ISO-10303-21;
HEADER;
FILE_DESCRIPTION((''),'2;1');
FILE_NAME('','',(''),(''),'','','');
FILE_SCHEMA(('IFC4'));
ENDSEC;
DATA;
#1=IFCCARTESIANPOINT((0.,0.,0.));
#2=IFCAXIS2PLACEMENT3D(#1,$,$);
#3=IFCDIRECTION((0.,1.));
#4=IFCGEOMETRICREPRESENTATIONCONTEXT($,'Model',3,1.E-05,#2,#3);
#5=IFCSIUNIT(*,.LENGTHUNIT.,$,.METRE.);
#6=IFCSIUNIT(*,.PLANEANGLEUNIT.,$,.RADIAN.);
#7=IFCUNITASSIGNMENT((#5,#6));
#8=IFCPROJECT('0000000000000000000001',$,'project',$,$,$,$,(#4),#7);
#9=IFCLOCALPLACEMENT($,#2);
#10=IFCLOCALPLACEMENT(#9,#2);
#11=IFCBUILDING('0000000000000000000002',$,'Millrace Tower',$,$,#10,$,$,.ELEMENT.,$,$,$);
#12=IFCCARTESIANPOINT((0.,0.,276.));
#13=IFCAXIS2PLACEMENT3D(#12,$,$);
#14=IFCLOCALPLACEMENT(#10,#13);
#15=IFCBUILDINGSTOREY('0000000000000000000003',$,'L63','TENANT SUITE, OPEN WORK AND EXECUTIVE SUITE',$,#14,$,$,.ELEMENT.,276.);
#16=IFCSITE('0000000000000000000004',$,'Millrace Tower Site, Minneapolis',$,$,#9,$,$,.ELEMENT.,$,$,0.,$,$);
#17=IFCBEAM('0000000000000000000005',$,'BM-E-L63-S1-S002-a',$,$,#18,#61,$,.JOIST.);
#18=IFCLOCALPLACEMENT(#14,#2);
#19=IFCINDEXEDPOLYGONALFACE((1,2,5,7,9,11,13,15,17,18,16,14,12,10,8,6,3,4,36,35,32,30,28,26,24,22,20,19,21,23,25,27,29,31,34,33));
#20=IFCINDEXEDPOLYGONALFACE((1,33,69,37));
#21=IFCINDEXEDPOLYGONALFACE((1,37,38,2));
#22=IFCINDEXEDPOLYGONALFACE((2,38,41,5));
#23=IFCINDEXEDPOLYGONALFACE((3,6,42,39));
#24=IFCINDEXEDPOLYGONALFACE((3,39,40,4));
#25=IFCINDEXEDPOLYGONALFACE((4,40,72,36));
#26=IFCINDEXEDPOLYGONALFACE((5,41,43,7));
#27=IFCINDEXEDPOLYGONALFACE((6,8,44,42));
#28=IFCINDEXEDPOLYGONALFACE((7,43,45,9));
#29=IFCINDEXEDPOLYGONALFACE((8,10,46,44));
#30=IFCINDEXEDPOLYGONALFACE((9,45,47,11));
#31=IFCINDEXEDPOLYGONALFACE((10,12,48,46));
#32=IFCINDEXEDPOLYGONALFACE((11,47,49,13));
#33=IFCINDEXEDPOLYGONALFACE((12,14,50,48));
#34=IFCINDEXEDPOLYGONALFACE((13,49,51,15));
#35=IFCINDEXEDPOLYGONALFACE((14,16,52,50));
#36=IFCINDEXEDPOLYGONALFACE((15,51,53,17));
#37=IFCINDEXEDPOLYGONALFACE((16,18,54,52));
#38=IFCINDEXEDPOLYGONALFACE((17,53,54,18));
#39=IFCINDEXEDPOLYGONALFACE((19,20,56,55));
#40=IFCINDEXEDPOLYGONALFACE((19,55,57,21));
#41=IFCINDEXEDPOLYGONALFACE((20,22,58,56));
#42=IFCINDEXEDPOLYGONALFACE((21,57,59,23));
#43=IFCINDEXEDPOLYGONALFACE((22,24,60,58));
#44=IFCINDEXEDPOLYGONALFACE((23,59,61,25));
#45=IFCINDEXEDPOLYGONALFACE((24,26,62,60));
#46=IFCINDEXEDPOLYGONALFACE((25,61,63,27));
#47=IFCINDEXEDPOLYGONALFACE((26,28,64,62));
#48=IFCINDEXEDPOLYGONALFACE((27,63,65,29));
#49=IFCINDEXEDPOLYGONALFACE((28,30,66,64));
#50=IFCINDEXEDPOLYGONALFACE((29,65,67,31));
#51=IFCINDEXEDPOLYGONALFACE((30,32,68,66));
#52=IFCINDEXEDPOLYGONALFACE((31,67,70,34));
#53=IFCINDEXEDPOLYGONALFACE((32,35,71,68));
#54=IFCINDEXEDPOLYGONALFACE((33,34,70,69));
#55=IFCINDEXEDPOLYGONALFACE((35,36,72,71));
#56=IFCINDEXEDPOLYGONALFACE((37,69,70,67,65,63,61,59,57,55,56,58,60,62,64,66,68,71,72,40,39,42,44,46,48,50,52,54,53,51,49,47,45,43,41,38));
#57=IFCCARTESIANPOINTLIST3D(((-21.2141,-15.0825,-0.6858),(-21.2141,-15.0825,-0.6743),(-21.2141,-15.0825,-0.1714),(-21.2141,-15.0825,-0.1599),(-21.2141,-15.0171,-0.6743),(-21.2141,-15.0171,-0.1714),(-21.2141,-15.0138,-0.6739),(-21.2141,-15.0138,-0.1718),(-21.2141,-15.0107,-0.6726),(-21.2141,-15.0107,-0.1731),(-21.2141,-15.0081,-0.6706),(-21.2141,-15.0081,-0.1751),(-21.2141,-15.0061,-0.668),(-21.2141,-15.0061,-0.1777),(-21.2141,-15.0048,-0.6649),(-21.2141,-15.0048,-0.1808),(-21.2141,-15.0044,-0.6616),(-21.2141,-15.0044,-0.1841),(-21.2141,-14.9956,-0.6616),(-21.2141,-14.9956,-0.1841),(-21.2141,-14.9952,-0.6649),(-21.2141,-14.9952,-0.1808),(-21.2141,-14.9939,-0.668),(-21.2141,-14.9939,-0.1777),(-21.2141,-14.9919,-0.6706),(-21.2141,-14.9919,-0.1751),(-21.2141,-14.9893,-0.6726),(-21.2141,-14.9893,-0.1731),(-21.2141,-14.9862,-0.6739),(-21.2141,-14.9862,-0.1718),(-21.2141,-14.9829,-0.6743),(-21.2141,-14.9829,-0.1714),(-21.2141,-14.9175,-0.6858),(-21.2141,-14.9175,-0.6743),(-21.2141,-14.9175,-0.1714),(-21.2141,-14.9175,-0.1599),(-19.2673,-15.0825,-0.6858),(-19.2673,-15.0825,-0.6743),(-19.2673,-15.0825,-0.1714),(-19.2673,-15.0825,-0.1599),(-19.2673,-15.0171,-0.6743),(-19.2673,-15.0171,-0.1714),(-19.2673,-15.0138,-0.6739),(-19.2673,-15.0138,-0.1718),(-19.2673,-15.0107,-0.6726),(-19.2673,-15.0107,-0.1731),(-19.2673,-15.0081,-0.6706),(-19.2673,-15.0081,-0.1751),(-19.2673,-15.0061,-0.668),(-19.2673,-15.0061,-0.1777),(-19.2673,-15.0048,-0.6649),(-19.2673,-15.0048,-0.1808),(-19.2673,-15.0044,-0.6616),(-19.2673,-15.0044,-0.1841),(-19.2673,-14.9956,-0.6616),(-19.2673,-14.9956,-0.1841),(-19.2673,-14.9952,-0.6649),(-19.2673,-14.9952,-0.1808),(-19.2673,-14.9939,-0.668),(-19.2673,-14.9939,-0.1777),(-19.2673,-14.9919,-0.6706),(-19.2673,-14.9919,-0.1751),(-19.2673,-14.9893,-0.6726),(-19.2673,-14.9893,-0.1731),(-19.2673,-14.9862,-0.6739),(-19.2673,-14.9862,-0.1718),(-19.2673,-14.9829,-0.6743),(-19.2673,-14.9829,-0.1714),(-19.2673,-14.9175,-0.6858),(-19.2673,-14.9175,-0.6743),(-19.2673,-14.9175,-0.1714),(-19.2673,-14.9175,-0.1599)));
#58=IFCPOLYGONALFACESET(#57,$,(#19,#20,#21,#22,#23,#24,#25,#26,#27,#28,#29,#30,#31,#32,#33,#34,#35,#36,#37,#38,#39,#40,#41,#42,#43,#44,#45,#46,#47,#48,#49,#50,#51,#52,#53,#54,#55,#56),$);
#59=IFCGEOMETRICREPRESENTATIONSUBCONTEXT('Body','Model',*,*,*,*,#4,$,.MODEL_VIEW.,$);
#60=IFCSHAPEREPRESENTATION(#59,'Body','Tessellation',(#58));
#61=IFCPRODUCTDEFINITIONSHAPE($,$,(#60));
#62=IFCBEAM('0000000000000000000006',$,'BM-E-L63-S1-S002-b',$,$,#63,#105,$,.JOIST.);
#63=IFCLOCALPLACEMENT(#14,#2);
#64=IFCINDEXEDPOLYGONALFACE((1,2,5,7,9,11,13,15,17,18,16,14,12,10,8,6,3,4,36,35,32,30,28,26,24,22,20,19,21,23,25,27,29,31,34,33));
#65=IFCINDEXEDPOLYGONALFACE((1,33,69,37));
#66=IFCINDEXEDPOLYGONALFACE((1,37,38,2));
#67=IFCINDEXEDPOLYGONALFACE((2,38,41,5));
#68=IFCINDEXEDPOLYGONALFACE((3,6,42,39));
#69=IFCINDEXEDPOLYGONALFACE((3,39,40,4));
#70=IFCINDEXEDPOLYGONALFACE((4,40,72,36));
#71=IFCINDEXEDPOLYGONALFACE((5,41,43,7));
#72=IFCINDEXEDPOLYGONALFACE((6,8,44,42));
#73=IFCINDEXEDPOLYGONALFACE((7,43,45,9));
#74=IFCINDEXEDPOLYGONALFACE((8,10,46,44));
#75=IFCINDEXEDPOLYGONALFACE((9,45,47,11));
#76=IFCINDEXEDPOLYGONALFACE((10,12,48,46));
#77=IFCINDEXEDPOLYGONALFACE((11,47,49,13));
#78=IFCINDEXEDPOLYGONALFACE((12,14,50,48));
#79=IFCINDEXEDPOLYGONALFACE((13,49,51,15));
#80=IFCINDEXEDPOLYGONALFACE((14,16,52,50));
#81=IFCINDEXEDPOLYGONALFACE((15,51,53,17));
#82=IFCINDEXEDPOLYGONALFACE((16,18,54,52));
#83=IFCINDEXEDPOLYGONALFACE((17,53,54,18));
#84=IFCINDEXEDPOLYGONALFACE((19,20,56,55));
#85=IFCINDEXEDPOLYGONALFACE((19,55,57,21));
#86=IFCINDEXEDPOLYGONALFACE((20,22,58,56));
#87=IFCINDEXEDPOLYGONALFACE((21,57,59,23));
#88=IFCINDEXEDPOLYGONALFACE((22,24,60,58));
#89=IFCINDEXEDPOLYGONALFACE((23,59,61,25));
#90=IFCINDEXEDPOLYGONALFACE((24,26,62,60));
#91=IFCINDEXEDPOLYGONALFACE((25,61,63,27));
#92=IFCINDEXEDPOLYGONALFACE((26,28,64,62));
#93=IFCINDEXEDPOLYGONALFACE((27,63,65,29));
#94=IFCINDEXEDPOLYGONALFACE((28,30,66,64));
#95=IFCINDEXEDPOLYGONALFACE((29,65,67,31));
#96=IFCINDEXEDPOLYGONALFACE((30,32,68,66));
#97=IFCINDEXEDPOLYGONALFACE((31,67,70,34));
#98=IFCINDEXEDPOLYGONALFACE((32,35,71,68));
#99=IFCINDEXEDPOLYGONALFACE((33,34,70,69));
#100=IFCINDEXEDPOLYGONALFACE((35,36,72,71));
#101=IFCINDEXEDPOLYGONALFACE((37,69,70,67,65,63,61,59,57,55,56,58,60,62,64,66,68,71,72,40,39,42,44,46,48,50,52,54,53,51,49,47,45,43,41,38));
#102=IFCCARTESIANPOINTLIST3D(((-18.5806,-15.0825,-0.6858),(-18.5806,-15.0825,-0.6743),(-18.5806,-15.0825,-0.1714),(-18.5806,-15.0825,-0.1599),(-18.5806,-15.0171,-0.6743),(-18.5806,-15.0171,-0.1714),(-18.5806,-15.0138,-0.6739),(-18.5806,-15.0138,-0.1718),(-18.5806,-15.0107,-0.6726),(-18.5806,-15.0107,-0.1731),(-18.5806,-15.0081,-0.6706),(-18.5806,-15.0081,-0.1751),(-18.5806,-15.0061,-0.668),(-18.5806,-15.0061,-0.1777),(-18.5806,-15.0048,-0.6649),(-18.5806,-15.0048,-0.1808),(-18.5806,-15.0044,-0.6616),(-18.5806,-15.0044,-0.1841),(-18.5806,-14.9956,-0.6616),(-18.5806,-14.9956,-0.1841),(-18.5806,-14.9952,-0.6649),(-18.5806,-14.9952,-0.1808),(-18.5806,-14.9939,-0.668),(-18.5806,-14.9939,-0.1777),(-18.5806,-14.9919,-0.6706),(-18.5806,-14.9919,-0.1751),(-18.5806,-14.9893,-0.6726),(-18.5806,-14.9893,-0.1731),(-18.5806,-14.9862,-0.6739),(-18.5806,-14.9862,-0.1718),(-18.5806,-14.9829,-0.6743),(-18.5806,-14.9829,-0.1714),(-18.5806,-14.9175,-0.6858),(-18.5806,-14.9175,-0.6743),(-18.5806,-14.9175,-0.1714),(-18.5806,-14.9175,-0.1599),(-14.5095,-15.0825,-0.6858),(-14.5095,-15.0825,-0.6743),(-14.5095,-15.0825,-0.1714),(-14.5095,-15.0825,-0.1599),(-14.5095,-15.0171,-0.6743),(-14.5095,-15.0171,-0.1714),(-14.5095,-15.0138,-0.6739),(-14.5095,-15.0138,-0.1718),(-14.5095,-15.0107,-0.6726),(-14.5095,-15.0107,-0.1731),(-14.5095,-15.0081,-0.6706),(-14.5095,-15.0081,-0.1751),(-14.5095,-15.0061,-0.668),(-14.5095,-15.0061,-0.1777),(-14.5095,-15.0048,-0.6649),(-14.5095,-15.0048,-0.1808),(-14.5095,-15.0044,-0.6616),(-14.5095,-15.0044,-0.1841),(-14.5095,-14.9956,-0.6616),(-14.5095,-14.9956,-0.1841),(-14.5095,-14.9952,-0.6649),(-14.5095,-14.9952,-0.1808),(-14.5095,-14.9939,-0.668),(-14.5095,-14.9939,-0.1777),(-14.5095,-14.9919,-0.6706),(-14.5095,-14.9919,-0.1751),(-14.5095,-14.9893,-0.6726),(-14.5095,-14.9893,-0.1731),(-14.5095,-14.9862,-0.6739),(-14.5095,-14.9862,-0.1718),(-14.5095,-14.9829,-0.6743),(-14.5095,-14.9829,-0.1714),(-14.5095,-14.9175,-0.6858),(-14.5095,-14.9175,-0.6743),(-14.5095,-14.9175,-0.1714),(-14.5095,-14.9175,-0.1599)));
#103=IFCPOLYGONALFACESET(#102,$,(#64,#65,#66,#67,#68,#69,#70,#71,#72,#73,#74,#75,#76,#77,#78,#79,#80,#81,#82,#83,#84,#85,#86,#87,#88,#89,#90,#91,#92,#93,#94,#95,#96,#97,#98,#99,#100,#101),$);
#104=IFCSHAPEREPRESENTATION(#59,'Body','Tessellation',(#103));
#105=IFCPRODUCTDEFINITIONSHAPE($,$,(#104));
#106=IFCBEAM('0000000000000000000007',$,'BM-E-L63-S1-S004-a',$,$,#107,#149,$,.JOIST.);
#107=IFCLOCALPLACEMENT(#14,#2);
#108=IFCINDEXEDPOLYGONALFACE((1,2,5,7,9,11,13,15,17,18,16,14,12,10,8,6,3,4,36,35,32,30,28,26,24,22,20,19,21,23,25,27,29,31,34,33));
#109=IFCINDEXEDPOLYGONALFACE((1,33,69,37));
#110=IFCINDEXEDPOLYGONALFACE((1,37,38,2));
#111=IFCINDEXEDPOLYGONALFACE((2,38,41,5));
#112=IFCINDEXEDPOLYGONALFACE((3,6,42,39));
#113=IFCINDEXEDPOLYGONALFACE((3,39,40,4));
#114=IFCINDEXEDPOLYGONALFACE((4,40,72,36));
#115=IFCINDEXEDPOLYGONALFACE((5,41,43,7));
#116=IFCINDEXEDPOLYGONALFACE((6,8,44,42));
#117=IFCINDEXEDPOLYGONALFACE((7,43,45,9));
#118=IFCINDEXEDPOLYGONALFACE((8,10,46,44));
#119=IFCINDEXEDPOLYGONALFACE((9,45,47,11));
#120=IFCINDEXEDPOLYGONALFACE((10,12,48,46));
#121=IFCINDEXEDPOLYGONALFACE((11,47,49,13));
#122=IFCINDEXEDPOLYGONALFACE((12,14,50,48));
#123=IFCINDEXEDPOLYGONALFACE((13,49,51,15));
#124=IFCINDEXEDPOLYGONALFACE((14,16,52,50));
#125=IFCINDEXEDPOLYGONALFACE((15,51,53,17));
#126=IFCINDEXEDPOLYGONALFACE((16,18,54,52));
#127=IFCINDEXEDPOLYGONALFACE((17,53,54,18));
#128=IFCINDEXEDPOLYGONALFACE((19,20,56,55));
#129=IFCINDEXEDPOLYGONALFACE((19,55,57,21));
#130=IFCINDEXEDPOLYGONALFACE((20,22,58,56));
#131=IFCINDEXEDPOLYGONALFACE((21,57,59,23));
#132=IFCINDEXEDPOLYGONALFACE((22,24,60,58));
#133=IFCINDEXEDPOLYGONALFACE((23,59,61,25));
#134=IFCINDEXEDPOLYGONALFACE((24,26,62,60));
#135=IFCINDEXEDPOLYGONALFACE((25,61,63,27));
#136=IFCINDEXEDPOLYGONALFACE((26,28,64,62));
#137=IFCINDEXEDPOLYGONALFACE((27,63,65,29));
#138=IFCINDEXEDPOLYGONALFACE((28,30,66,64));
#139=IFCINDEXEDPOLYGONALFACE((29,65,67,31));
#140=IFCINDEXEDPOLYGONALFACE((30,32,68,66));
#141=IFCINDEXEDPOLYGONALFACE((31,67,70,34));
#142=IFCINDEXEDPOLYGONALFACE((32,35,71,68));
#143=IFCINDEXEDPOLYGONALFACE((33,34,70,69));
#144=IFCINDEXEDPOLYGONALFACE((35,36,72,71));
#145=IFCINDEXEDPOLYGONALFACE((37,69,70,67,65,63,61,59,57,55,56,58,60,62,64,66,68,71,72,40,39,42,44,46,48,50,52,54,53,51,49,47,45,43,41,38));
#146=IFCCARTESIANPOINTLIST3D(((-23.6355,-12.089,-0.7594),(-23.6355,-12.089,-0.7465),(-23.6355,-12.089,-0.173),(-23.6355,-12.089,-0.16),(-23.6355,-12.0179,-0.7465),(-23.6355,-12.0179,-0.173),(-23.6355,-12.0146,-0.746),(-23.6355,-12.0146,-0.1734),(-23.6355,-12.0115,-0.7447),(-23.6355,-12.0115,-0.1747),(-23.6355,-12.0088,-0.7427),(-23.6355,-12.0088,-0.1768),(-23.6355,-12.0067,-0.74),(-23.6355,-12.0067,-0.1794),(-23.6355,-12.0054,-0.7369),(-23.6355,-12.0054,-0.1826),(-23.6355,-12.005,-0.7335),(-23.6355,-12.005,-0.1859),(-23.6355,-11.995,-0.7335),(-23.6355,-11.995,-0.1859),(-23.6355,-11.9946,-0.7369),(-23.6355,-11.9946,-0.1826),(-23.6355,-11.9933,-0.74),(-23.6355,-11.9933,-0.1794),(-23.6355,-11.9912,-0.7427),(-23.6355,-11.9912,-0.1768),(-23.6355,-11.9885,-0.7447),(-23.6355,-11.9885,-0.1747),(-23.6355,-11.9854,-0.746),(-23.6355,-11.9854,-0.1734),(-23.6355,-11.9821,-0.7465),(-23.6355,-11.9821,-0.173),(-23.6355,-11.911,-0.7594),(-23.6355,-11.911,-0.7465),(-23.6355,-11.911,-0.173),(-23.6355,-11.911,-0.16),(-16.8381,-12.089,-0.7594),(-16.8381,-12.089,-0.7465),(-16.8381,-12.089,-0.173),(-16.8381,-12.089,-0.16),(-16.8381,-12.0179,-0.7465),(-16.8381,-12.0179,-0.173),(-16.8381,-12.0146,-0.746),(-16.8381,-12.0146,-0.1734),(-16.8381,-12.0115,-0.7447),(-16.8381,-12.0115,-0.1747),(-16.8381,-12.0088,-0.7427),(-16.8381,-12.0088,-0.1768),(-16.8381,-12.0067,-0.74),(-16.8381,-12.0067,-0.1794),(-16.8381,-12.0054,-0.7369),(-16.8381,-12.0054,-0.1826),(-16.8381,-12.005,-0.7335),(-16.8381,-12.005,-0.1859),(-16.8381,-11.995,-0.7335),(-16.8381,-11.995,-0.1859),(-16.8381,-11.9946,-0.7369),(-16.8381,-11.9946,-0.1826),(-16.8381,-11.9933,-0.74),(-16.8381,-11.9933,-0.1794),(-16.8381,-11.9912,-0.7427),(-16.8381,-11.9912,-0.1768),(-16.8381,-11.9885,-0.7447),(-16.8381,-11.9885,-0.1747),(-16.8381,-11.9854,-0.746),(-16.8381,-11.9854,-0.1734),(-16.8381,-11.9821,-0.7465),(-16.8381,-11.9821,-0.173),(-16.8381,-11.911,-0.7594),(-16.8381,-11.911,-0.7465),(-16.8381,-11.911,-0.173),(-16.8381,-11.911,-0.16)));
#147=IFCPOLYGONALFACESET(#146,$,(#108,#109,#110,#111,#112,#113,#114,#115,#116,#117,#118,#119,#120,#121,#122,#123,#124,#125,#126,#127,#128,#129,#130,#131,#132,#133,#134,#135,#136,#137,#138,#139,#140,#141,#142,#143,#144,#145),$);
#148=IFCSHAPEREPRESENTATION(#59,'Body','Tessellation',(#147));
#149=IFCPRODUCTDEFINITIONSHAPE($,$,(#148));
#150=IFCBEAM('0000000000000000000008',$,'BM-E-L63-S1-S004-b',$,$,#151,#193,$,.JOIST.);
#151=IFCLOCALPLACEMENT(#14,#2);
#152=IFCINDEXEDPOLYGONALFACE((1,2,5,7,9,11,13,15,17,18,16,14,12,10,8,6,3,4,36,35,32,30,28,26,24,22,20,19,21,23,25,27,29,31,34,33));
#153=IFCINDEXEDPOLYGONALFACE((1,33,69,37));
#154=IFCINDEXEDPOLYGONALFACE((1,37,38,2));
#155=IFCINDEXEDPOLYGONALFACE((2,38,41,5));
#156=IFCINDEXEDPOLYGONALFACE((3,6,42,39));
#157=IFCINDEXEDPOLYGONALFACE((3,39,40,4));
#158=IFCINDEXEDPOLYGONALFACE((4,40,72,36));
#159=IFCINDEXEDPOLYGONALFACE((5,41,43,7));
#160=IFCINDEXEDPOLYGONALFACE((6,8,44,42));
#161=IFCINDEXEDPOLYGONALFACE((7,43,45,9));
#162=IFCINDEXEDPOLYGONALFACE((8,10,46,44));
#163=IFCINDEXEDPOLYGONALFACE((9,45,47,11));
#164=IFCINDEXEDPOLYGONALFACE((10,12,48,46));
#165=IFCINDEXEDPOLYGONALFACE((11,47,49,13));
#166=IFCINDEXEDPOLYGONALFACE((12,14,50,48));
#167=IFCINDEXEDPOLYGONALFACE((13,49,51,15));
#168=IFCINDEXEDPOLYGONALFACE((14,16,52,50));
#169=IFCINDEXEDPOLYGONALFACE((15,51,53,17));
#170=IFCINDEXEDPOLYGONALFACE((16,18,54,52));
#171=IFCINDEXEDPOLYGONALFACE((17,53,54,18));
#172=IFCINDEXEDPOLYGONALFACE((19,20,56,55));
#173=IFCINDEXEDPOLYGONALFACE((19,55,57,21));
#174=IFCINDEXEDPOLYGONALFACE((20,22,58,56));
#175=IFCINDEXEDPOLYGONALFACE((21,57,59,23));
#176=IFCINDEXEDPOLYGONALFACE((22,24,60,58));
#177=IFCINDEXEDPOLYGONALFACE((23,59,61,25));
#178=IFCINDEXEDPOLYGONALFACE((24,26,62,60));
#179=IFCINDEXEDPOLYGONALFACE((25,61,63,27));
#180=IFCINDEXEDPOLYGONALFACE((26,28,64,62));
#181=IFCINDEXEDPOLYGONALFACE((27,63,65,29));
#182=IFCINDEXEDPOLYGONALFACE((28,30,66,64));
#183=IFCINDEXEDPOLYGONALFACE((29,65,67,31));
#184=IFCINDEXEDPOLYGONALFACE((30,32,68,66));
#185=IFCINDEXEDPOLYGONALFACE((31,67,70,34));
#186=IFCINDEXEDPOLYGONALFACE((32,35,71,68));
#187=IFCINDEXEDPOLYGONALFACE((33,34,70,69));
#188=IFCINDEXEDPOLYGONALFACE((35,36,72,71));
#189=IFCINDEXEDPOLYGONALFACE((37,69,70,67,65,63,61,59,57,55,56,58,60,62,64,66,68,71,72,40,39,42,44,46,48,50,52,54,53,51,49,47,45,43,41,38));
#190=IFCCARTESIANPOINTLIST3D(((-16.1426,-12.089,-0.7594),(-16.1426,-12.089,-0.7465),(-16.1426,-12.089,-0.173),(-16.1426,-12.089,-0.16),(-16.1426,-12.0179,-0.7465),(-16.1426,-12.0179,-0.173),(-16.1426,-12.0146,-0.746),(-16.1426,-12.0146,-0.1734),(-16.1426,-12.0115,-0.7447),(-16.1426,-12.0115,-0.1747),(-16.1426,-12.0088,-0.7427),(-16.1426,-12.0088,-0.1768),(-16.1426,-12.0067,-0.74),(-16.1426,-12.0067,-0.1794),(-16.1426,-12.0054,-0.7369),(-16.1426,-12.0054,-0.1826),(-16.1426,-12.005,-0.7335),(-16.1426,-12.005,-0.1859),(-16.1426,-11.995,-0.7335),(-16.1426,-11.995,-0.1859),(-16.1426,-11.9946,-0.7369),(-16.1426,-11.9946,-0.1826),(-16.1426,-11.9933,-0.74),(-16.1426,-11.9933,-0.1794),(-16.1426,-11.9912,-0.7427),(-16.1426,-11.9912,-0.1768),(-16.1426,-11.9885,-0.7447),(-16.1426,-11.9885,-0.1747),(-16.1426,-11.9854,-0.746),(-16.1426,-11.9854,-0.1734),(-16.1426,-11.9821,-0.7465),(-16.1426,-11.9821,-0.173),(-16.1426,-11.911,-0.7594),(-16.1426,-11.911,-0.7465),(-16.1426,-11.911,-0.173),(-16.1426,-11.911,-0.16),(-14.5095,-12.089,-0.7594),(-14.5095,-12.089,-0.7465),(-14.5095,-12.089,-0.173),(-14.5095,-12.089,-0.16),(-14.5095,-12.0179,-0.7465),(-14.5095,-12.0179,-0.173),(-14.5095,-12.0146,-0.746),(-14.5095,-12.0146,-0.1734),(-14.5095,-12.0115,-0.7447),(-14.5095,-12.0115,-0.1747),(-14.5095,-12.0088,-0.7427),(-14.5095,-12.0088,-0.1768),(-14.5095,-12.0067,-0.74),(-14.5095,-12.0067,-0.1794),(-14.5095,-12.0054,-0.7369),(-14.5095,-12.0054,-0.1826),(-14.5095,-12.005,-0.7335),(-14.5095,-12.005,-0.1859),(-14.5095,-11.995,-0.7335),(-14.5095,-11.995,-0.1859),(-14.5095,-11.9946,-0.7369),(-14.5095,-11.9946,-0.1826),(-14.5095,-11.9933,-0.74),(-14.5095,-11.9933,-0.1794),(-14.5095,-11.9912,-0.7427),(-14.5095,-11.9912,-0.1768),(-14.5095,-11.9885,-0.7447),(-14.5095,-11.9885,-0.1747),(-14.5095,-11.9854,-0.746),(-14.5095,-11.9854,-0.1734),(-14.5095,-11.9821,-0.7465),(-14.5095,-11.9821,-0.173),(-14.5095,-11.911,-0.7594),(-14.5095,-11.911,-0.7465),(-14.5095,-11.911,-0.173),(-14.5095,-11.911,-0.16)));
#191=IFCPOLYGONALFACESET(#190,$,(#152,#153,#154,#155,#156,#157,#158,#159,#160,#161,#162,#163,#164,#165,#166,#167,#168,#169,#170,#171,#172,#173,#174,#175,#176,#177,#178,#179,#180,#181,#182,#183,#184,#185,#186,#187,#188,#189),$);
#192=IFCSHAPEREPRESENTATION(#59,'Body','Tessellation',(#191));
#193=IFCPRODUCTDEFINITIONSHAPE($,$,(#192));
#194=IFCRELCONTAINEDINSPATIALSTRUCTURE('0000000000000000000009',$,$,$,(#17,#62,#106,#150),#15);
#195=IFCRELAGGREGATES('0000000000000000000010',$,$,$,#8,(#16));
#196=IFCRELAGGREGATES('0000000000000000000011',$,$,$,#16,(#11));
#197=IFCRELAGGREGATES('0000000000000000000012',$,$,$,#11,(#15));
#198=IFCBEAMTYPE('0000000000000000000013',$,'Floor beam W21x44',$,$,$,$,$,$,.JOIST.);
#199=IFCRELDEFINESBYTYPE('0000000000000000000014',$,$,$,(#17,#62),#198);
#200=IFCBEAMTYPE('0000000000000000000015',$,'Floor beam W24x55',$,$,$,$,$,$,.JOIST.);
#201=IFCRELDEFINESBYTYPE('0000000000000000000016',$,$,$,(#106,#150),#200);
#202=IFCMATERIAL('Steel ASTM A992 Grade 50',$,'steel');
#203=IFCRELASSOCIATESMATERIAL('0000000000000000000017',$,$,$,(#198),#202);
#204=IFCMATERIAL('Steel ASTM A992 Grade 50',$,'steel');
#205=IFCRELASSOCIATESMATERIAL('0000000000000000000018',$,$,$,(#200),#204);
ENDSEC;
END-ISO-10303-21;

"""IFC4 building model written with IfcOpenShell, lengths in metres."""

from ifc_helpers import new_model, si_unit, direction, frame, origin, origin_2d, place, context, subcontext, project, spatial, i_section, extrude, material, material_profile, profile_set, type_object, element, save


model = new_model("IFC4")

# Units and contexts
model_context = context("Model", 3, precision=1e-05, world=origin(), true_north=direction((0.0, 1.0)))
body_context = subcontext(model_context, "Body", "Model", "MODEL_VIEW")
ifc_project = project(units=[si_unit("LENGTHUNIT", "METRE"), si_unit("PLANEANGLEUNIT", "RADIAN")], contexts=[model_context])

# Site, building, storey
site_placement = place(None, origin())
site = spatial("IfcSite", under=ifc_project, at=site_placement, Name="Millrace Tower Site, Minneapolis", CompositionType="ELEMENT", RefElevation=0.0)
building_placement = place(site_placement, origin())
building = spatial("IfcBuilding", under=site, at=building_placement, Name="Millrace Tower", CompositionType="ELEMENT")
storey_placement = place(building_placement, frame((0.0, 0.0, 276.0)))
storey = spatial("IfcBuildingStorey", under=building, at=storey_placement, Name="L63", Description="TENANT SUITE, OPEN WORK AND EXECUTIVE SUITE", CompositionType="ELEMENT", Elevation=276.0)

# Beams
ifc_material_1 = material(Name="Steel ASTM A992 Grade 50", Category="steel")
ifc_material_profile_1 = material_profile(ifc_material_1, i_section(OverallWidth=0.165, OverallDepth=0.5259, WebThickness=0.0088, FlangeThickness=0.0115, FilletRadius=0.0127, at=origin_2d()))
ifc_profile_set_1 = profile_set([ifc_material_profile_1], Name="Steel ASTM A992 Grade 50")
beam_type_1 = type_object("IfcBeamType", Name="Floor beam W21x44", PredefinedType="JOIST", material=ifc_profile_set_1)
beam_1_placement = place(storey_placement, frame((-21.2141, -15.0, -0.4229), z_axis=(1.0, 0.0, 0.0), x_axis=(0.0, 1.0, 0.0)))
element("IfcBeam", 1, at=beam_1_placement, inside=storey, type_object=beam_type_1, Name="BM-E-L63-S1-S002-a", PredefinedType="JOIST", context=body_context, shape_type="SweptSolid", body=[
    extrude(i_section(OverallWidth=0.165, OverallDepth=0.5259, WebThickness=0.0088, FlangeThickness=0.0115, FilletRadius=0.0127, at=origin_2d()), origin(), (0.0, 0.0, 1.0), 1.9468),
])
beam_2_placement = place(storey_placement, frame((-18.5806, -15.0, -0.4229), z_axis=(1.0, 0.0, 0.0), x_axis=(0.0, 1.0, 0.0)))
element("IfcBeam", 2, at=beam_2_placement, inside=storey, type_object=beam_type_1, Name="BM-E-L63-S1-S002-b", PredefinedType="JOIST", context=body_context, shape_type="SweptSolid", body=[
    extrude(i_section(OverallWidth=0.165, OverallDepth=0.5259, WebThickness=0.0088, FlangeThickness=0.0115, FilletRadius=0.0127, at=origin_2d()), origin(), (0.0, 0.0, 1.0), 4.071),
])
ifc_material_2 = material(Name="Steel ASTM A992 Grade 50", Category="steel")
ifc_material_profile_2 = material_profile(ifc_material_2, i_section(OverallWidth=0.178, OverallDepth=0.5994, WebThickness=0.01, FlangeThickness=0.0129, FilletRadius=0.0129, at=origin_2d()))
ifc_profile_set_2 = profile_set([ifc_material_profile_2], Name="Steel ASTM A992 Grade 50")
beam_type_2 = type_object("IfcBeamType", Name="Floor beam W24x55", PredefinedType="JOIST", material=ifc_profile_set_2)
beam_3_placement = place(storey_placement, frame((-23.6355, -12.0, -0.4597), z_axis=(1.0, 0.0, 0.0), x_axis=(0.0, 1.0, 0.0)))
element("IfcBeam", 3, at=beam_3_placement, inside=storey, type_object=beam_type_2, Name="BM-E-L63-S1-S004-a", PredefinedType="JOIST", context=body_context, shape_type="SweptSolid", body=[
    extrude(i_section(OverallWidth=0.178, OverallDepth=0.5994, WebThickness=0.01, FlangeThickness=0.0129, FilletRadius=0.0129, at=origin_2d()), origin(), (0.0, 0.0, 1.0), 6.7974),
])
beam_4_placement = place(storey_placement, frame((-16.1426, -12.0, -0.4597), z_axis=(1.0, 0.0, 0.0), x_axis=(0.0, 1.0, 0.0)))
element("IfcBeam", 4, at=beam_4_placement, inside=storey, type_object=beam_type_2, Name="BM-E-L63-S1-S004-b", PredefinedType="JOIST", context=body_context, shape_type="SweptSolid", body=[
    extrude(i_section(OverallWidth=0.178, OverallDepth=0.5994, WebThickness=0.01, FlangeThickness=0.0129, FilletRadius=0.0129, at=origin_2d()), origin(), (0.0, 0.0, 1.0), 1.6331),
])

save(model, "model.ifc")
